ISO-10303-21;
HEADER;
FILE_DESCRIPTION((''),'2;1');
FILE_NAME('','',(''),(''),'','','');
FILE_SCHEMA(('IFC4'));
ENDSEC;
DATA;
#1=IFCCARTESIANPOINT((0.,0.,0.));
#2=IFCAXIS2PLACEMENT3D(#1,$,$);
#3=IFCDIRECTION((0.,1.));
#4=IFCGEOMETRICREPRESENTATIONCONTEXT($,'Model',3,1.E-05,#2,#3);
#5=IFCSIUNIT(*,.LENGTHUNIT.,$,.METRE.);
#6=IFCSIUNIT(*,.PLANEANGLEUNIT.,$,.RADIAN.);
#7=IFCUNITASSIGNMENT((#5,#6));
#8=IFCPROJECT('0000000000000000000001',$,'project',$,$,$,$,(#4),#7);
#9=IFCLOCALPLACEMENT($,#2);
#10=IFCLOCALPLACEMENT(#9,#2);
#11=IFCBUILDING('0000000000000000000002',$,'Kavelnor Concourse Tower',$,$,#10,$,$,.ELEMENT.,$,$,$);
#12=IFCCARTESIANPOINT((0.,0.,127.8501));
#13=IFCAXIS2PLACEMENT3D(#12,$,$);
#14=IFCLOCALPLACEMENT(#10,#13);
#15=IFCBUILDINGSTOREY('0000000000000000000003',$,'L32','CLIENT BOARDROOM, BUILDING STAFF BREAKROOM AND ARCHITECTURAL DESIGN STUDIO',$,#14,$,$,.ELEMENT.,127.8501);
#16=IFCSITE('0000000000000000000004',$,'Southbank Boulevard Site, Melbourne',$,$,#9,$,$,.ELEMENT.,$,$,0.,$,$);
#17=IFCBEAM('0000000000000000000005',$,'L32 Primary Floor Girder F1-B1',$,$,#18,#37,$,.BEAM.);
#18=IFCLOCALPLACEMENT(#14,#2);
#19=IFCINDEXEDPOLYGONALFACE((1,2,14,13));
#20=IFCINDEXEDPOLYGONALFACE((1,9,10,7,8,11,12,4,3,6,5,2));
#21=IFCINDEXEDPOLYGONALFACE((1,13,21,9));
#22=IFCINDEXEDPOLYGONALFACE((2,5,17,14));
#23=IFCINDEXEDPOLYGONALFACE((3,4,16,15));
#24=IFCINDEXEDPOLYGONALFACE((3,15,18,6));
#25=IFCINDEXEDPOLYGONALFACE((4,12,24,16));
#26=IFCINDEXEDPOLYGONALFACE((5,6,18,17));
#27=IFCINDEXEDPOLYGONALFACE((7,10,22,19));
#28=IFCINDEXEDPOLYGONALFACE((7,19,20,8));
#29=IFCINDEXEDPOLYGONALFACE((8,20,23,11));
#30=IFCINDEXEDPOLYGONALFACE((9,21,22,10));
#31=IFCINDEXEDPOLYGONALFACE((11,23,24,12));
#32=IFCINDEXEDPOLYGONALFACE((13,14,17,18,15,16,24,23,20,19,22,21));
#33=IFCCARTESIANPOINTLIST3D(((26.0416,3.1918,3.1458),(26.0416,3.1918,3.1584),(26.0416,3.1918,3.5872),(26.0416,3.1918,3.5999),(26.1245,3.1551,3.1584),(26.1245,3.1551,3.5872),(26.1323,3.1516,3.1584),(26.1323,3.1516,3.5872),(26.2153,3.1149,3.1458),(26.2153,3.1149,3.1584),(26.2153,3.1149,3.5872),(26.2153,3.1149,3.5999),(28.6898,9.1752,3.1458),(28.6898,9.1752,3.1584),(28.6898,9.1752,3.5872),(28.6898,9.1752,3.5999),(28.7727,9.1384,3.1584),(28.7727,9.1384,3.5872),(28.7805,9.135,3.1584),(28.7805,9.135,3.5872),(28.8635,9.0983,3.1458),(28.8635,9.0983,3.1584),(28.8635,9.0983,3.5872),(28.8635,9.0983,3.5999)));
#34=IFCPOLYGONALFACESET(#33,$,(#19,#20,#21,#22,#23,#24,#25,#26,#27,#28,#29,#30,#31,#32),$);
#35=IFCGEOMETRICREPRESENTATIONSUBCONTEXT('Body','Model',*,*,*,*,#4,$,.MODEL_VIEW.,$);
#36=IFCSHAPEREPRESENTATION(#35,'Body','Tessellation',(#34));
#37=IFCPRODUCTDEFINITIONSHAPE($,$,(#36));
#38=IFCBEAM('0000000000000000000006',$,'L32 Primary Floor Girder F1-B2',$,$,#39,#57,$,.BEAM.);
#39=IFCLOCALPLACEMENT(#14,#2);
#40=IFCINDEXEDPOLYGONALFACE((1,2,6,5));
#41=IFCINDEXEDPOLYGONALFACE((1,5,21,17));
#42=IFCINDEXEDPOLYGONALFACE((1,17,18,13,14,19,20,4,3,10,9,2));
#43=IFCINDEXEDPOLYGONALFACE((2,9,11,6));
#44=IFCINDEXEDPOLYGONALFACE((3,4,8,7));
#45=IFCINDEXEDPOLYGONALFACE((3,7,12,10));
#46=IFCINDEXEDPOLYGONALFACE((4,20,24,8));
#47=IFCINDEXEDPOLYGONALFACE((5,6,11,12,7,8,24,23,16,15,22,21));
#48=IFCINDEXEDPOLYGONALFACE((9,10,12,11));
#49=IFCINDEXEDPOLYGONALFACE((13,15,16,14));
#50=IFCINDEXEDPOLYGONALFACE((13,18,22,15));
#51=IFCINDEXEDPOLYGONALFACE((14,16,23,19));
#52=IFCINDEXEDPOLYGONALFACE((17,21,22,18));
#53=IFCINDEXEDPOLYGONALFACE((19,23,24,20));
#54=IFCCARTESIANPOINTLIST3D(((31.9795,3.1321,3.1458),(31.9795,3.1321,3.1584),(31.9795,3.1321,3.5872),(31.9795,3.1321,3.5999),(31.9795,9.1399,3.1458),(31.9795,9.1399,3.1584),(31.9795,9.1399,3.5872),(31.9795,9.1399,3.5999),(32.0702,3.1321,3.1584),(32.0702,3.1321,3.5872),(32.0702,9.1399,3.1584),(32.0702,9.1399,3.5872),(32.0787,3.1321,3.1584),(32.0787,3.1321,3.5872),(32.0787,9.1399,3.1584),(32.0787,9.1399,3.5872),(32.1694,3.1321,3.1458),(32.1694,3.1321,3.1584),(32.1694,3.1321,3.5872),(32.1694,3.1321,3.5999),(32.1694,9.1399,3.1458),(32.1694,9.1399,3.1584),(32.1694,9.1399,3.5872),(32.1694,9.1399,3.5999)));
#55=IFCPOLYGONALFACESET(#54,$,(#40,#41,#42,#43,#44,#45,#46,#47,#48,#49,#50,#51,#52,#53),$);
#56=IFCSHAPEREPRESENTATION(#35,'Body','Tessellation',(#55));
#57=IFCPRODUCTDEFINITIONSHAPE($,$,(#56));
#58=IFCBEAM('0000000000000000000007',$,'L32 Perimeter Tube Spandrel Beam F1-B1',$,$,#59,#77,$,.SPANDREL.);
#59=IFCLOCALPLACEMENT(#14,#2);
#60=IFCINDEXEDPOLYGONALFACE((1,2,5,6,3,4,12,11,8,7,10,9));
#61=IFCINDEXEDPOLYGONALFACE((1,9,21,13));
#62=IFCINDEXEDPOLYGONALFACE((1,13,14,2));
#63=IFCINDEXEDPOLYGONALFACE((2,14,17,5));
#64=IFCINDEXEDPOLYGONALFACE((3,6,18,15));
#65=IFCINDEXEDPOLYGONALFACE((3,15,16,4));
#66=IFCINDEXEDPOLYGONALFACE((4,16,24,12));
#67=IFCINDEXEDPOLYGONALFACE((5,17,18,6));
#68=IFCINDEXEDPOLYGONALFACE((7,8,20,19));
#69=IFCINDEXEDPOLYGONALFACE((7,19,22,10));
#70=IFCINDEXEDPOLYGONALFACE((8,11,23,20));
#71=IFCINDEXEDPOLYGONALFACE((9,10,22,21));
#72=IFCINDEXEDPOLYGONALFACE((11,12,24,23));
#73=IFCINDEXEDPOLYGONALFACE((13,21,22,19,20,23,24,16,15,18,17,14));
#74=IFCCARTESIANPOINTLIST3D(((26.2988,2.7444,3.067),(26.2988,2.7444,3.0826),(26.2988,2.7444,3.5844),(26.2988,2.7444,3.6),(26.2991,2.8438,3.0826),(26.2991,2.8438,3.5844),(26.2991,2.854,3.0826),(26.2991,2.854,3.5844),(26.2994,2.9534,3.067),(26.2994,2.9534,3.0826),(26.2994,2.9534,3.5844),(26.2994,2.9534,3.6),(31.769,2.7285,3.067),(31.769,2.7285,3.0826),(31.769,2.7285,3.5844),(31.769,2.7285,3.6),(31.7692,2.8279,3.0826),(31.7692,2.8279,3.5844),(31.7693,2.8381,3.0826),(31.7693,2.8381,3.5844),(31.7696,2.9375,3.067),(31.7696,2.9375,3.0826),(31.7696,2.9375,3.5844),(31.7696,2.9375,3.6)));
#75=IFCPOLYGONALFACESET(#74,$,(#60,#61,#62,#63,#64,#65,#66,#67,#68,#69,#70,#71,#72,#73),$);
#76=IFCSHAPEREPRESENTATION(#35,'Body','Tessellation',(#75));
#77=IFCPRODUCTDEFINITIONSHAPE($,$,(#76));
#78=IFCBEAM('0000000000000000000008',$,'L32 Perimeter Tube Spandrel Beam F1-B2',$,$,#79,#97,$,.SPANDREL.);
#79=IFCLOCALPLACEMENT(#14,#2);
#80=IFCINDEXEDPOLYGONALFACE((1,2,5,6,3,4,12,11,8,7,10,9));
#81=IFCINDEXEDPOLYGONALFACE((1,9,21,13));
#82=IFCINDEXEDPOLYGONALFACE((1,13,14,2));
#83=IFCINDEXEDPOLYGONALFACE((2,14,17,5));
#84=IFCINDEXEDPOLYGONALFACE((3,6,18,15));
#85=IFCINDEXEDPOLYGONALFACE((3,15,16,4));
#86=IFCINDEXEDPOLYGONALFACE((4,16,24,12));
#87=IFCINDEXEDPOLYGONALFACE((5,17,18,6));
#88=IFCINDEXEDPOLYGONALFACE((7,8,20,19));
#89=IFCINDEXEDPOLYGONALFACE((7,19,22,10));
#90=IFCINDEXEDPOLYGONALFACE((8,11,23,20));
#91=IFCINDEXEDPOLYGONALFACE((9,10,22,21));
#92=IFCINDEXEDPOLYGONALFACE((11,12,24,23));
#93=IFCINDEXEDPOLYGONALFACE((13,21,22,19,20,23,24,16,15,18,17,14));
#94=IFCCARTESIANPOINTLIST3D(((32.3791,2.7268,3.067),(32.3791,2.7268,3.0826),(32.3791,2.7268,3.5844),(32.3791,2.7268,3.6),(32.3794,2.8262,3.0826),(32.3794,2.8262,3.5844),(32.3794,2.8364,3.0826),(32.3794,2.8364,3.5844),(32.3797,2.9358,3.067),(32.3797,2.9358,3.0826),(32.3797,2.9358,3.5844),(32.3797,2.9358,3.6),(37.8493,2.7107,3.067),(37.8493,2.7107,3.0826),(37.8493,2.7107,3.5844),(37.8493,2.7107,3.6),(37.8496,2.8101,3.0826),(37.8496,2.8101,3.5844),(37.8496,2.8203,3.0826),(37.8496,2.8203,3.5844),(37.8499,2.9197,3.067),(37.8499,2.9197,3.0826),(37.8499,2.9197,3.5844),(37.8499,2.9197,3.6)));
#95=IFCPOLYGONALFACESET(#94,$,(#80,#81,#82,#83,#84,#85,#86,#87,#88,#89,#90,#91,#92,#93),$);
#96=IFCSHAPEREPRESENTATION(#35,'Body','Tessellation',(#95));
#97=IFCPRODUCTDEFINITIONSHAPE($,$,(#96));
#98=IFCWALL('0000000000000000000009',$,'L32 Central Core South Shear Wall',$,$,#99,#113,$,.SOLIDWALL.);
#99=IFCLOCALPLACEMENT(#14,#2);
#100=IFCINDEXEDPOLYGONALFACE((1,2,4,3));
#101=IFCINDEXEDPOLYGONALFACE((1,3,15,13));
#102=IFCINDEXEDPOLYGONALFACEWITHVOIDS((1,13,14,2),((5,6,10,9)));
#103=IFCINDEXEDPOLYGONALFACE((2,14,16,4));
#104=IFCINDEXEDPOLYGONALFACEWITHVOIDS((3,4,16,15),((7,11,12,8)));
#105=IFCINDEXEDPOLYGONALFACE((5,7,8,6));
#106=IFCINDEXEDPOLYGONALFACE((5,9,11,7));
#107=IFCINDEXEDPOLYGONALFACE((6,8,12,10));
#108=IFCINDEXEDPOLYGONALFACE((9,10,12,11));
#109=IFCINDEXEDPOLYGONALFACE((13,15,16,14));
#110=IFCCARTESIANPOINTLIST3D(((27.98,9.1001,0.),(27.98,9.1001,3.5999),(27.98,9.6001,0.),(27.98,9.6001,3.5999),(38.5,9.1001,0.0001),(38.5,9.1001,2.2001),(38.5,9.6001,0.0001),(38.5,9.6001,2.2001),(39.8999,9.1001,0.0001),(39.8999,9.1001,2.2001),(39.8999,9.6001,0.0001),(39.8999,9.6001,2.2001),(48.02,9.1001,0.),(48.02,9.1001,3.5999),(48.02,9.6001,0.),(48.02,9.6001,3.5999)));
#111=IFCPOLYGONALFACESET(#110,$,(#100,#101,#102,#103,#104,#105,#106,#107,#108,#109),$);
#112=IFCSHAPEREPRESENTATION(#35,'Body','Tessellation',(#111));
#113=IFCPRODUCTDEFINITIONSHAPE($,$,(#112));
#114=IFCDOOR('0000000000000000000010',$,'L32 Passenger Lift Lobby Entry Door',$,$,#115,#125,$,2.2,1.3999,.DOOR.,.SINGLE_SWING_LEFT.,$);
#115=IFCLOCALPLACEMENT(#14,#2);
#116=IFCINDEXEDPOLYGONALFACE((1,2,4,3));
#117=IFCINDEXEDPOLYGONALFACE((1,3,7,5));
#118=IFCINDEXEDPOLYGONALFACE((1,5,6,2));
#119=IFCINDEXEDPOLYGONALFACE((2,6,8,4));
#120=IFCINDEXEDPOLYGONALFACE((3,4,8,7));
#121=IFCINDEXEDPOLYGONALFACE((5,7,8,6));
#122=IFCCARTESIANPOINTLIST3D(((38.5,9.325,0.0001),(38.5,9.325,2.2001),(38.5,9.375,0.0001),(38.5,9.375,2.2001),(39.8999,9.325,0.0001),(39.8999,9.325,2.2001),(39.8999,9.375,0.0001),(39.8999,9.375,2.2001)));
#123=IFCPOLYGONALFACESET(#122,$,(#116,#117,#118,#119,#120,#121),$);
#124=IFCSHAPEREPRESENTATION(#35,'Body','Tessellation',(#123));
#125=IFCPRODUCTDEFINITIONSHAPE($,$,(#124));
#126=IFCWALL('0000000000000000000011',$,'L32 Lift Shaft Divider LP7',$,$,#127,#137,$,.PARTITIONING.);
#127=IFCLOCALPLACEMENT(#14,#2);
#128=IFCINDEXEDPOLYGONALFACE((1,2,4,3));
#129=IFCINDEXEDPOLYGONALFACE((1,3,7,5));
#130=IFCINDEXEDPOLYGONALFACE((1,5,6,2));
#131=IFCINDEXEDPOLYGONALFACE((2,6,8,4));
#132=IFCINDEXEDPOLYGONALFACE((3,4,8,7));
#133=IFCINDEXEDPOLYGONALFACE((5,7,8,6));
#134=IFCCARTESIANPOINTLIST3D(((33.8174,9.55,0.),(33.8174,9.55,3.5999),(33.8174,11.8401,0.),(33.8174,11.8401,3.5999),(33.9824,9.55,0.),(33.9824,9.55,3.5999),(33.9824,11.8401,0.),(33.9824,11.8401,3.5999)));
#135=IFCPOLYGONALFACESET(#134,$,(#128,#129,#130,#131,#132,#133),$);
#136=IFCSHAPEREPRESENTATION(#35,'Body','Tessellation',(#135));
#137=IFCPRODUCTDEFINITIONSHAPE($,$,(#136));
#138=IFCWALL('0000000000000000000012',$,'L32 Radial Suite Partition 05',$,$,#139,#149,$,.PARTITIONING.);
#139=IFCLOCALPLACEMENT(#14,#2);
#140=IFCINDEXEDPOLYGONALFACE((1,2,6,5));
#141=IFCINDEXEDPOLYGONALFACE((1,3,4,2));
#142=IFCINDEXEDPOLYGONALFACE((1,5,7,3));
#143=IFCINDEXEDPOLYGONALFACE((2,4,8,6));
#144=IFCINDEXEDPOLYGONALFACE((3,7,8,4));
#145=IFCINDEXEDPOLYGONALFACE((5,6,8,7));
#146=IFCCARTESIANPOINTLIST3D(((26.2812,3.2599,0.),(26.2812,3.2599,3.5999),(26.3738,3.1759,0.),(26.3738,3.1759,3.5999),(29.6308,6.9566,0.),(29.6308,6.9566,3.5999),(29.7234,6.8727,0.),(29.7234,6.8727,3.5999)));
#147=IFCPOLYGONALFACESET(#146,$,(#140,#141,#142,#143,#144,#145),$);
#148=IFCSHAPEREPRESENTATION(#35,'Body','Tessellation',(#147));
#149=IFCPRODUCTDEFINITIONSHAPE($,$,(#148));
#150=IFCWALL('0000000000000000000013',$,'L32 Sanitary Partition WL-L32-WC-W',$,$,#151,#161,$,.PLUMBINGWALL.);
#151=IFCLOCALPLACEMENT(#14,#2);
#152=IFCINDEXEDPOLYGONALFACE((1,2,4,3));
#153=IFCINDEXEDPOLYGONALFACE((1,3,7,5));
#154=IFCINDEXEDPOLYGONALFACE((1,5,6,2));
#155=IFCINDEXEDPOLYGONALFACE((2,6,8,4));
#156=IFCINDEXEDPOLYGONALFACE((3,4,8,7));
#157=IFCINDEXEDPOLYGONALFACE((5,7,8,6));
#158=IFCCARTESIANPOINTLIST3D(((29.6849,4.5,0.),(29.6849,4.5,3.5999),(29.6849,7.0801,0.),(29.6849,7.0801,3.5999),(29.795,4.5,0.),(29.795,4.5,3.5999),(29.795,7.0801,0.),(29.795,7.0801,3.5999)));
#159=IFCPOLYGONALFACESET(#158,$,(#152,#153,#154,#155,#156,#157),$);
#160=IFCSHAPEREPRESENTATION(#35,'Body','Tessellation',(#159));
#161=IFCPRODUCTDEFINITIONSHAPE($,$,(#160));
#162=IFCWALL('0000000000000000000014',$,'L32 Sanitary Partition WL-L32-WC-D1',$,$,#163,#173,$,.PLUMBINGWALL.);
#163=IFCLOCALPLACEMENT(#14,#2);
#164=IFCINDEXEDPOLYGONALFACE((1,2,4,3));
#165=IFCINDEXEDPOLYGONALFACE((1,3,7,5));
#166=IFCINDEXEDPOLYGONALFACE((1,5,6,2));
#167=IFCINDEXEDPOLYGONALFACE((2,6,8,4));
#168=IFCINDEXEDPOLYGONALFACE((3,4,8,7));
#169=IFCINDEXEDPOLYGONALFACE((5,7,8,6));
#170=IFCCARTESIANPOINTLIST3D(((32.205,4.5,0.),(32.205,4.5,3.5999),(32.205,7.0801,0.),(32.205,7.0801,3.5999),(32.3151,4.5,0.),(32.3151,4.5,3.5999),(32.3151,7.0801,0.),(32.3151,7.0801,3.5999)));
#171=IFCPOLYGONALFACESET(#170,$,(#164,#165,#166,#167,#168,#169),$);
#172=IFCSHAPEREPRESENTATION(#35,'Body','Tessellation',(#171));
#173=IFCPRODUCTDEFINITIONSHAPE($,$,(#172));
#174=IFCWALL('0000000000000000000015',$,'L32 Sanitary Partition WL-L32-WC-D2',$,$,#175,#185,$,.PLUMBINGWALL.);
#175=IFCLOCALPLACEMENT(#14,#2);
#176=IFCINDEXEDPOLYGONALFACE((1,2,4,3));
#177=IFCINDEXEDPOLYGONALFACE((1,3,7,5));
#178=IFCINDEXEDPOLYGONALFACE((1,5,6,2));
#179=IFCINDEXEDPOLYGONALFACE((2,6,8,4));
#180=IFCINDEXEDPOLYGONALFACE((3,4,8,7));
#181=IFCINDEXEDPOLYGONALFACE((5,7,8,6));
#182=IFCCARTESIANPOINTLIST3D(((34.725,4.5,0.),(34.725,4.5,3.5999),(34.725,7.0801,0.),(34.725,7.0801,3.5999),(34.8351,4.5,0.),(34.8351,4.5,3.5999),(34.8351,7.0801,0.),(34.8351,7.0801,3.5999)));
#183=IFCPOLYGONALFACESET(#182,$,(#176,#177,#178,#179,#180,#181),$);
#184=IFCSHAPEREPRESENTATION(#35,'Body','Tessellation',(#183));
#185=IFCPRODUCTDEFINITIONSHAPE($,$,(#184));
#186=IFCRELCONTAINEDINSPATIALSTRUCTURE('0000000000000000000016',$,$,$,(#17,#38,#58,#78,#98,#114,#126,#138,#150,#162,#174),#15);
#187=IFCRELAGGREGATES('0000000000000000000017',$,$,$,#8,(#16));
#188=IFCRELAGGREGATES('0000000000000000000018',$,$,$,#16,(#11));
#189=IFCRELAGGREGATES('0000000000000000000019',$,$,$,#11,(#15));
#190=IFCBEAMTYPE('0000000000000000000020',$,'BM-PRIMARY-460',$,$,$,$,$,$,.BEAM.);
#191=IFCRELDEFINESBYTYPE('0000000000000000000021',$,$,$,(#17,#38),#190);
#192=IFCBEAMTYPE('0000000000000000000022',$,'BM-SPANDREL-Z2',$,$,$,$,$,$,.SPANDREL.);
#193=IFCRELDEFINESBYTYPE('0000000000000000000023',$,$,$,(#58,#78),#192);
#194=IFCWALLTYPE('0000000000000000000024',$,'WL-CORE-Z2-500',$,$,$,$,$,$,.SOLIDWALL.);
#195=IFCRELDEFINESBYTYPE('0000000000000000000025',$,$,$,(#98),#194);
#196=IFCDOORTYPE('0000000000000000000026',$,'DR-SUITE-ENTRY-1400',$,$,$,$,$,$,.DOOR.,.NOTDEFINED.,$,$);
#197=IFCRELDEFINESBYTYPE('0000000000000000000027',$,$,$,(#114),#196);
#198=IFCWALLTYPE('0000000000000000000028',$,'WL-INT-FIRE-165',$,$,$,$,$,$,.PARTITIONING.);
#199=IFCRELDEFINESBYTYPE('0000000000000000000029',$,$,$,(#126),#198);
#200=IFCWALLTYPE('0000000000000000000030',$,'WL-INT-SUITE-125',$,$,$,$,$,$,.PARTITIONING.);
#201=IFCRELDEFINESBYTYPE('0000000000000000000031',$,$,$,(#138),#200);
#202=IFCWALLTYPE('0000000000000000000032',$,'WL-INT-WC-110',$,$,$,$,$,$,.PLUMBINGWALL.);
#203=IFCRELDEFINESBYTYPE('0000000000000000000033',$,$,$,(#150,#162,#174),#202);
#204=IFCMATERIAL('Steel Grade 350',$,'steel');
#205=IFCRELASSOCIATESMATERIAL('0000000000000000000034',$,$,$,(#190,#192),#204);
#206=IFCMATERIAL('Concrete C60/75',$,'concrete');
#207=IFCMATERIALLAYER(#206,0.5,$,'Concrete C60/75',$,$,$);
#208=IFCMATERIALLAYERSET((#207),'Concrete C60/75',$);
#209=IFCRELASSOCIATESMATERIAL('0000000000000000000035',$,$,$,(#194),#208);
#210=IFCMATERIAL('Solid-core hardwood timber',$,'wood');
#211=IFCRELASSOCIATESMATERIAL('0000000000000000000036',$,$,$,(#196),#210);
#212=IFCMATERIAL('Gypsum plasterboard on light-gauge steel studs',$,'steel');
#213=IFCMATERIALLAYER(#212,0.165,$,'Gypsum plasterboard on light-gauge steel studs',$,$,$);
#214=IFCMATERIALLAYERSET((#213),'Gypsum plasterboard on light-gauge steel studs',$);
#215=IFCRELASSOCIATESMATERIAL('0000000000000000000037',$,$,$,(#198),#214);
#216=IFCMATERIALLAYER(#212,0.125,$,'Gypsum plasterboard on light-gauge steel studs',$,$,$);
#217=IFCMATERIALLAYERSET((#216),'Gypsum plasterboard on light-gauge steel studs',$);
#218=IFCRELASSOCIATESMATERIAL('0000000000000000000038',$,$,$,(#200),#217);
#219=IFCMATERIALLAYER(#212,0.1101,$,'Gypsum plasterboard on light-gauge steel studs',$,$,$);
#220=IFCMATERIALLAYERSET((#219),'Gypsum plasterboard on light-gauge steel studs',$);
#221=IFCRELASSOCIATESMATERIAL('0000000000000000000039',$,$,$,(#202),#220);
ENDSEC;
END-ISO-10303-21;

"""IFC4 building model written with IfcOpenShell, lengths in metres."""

from ifc_helpers import new_model, si_unit, direction, frame, frame_2d, origin, origin_2d, place, context, subcontext, project, spatial, rectangle, i_section, extrude, material, layer, layer_set, material_profile, profile_set, type_object, element, fill, save


model = new_model("IFC4")

# Units and contexts
model_context = context("Model", 3, precision=1e-05, world=origin(), true_north=direction((0.0, 1.0)))
body_context = subcontext(model_context, "Body", "Model", "MODEL_VIEW")
ifc_project = project(units=[si_unit("LENGTHUNIT", "METRE"), si_unit("PLANEANGLEUNIT", "RADIAN")], contexts=[model_context])

# Site, building, storey
site_placement = place(None, origin())
site = spatial("IfcSite", under=ifc_project, at=site_placement, Name="Southbank Boulevard Site, Melbourne", CompositionType="ELEMENT", RefElevation=0.0)
building_placement = place(site_placement, origin())
building = spatial("IfcBuilding", under=site, at=building_placement, Name="Kavelnor Concourse Tower", CompositionType="ELEMENT")
storey_placement = place(building_placement, frame((0.0, 0.0, 127.8501)))
storey = spatial("IfcBuildingStorey", under=building, at=storey_placement, Name="L32", Description="CLIENT BOARDROOM, BUILDING STAFF BREAKROOM AND ARCHITECTURAL DESIGN STUDIO", CompositionType="ELEMENT", Elevation=127.8501)

# Shared definitions
ifc_material_1 = material(Name="Steel Grade 350", Category="steel")

# Beams
ifc_material_profile_1 = material_profile(ifc_material_1, i_section(OverallWidth=0.1899, OverallDepth=0.4541, WebThickness=0.0085, FlangeThickness=0.0127, at=origin_2d()), Name="460UB67")
ifc_profile_set_1 = profile_set([ifc_material_profile_1], Name="Steel Grade 350")
beam_type_1 = type_object("IfcBeamType", Name="BM-PRIMARY-460", PredefinedType="BEAM", material=ifc_profile_set_1)
beam_1_placement = place(storey_placement, frame((28.7766, 9.1367, 3.3728), z_axis=(-0.404722, -0.91444, 0.0), x_axis=(0.91444, -0.404722, 0.0)))
element("IfcBeam", 1, at=beam_1_placement, inside=storey, type_object=beam_type_1, Name="L32 Primary Floor Girder F1-B1", PredefinedType="BEAM", context=body_context, shape_type="SweptSolid", body=[
    extrude(i_section(OverallWidth=0.1899, OverallDepth=0.4541, WebThickness=0.0085, FlangeThickness=0.0127, at=origin_2d()), origin(), (0.0, 0.0, 1.0), 6.5432),
])
beam_2_placement = place(storey_placement, frame((32.0745, 9.1399, 3.3728), z_axis=(0.0, -1.0, 0.0), x_axis=(1.0, 0.0, 0.0)))
element("IfcBeam", 2, at=beam_2_placement, inside=storey, type_object=beam_type_1, Name="L32 Primary Floor Girder F1-B2", PredefinedType="BEAM", context=body_context, shape_type="SweptSolid", body=[
    extrude(i_section(OverallWidth=0.1899, OverallDepth=0.4541, WebThickness=0.0085, FlangeThickness=0.0127, at=origin_2d()), origin(), (0.0, 0.0, 1.0), 6.0078),
])
ifc_material_profile_2 = material_profile(ifc_material_1, i_section(OverallWidth=0.209, OverallDepth=0.533, WebThickness=0.0103, FlangeThickness=0.0156, at=origin_2d()), Name="530UB92")
ifc_profile_set_2 = profile_set([ifc_material_profile_2], Name="Steel Grade 350")
beam_type_2 = type_object("IfcBeamType", Name="BM-SPANDREL-Z2", PredefinedType="SPANDREL", material=ifc_profile_set_2)
for number, where, z_axis, x_axis, name in (
    (3, (26.2991, 2.8489, 3.3335), (0.999996, -0.002901, 0.0), (0.002901, 0.999996, 0.0), "L32 Perimeter Tube Spandrel Beam F1-B1"),
    (4, (32.3794, 2.8313, 3.3335), (0.999996, -0.002946, 0.0), (0.002946, 0.999996, 0.0), "L32 Perimeter Tube Spandrel Beam F1-B2"),
):
    element("IfcBeam", number, at=place(storey_placement, frame(where, z_axis=z_axis, x_axis=x_axis)), inside=storey, type_object=beam_type_2, Name=name, PredefinedType="SPANDREL", context=body_context, shape_type="SweptSolid", body=[
        extrude(i_section(OverallWidth=0.209, OverallDepth=0.533, WebThickness=0.0103, FlangeThickness=0.0156, at=origin_2d()), origin(), (0.0, 0.0, 1.0), 5.4702),
    ])

# Wall, opening, door
ifc_material_2 = material(Name="Concrete C60/75", Category="concrete")
ifc_layer_1 = layer(ifc_material_2, 0.5, Name="Concrete C60/75")
ifc_layer_set_1 = layer_set([ifc_layer_1], Name="Concrete C60/75")
wall_type_1 = type_object("IfcWallType", Name="WL-CORE-Z2-500", PredefinedType="SOLIDWALL", material=ifc_layer_set_1)
wall_1_placement = place(storey_placement, frame((27.98, 9.3501, 0.0), z_axis=(0.0, 0.0, 1.0), x_axis=(1.0, 0.0, 0.0)))
wall_1 = element("IfcWall", 5, at=wall_1_placement, inside=storey, type_object=wall_type_1, Name="L32 Central Core South Shear Wall", PredefinedType="SOLIDWALL", context=body_context, shape_type="SweptSolid", body=[
    extrude(rectangle(XDim=20.04, YDim=0.5, at=frame_2d((10.02, 0.0))), origin(), (0.0, 0.0, 1.0), 3.5999),
])
opening_1_placement = place(wall_1_placement, frame((10.52, 0.0, 0.0)))
opening_1 = element("IfcOpeningElement", 6, at=opening_1_placement, cuts=wall_1, PredefinedType="OPENING", context=body_context, shape_type="SweptSolid", body=[
    extrude(rectangle(XDim=1.3999, YDim=2.2, at=frame_2d((0.7, 1.1001))), frame((0.0, 0.26, 0.0), z_axis=(0.0, -1.0, 0.0), x_axis=(1.0, 0.0, 0.0)), (0.0, 0.0, 1.0), 0.52),
])
ifc_material_3 = material(Name="Solid-core hardwood timber", Category="wood")
door_type_1 = type_object("IfcDoorType", Name="DR-SUITE-ENTRY-1400", OperationType="NOTDEFINED", PredefinedType="DOOR", material=ifc_material_3)
door_1_placement = place(opening_1_placement, origin())
door_1 = element("IfcDoor", 7, at=door_1_placement, inside=storey, type_object=door_type_1, Name="L32 Passenger Lift Lobby Entry Door", OperationType="SINGLE_SWING_LEFT", OverallHeight=2.2, OverallWidth=1.3999, PredefinedType="DOOR", context=body_context, shape_type="SweptSolid", body=[
    extrude(rectangle(XDim=1.3999, YDim=2.2, at=frame_2d((0.7, 1.1001))), frame((0.0, 0.0249, 0.0), z_axis=(0.0, -1.0, 0.0), x_axis=(1.0, 0.0, 0.0)), (0.0, 0.0, 1.0), 0.05),
])
fill(opening_1, door_1)

# Walls
ifc_material_4 = material(Name="Gypsum plasterboard on light-gauge steel studs", Category="steel")
ifc_layer_2 = layer(ifc_material_4, 0.165, Name="Gypsum plasterboard on light-gauge steel studs")
ifc_layer_set_2 = layer_set([ifc_layer_2], Name="Gypsum plasterboard on light-gauge steel studs")
wall_type_2 = type_object("IfcWallType", Name="WL-INT-FIRE-165", PredefinedType="PARTITIONING", material=ifc_layer_set_2)
wall_2_placement = place(storey_placement, frame((33.8999, 9.55, 0.0), z_axis=(0.0, 0.0, 1.0), x_axis=(0.0, 1.0, 0.0)))
element("IfcWall", 8, at=wall_2_placement, inside=storey, type_object=wall_type_2, Name="L32 Lift Shaft Divider LP7", PredefinedType="PARTITIONING", context=body_context, shape_type="SweptSolid", body=[
    extrude(rectangle(XDim=2.29, YDim=0.165, at=frame_2d((1.145, 0.0))), origin(), (0.0, 0.0, 1.0), 3.5999),
])
ifc_layer_3 = layer(ifc_material_4, 0.125, Name="Gypsum plasterboard on light-gauge steel studs")
ifc_layer_set_3 = layer_set([ifc_layer_3], Name="Gypsum plasterboard on light-gauge steel studs")
wall_type_3 = type_object("IfcWallType", Name="WL-INT-SUITE-125", PredefinedType="PARTITIONING", material=ifc_layer_set_3)
wall_3_placement = place(storey_placement, frame((29.677, 6.9146, 0.0), z_axis=(0.0, 0.0, 1.0), x_axis=(-0.671454, -0.741046, 0.0)))
element("IfcWall", 9, at=wall_3_placement, inside=storey, type_object=wall_type_3, Name="L32 Radial Suite Partition 05", PredefinedType="PARTITIONING", context=body_context, shape_type="SweptSolid", body=[
    extrude(rectangle(XDim=4.9885, YDim=0.125, at=frame_2d((2.4941, 0.0))), origin(), (0.0, 0.0, 1.0), 3.5999),
])
ifc_layer_4 = layer(ifc_material_4, 0.1101, Name="Gypsum plasterboard on light-gauge steel studs")
ifc_layer_set_4 = layer_set([ifc_layer_4], Name="Gypsum plasterboard on light-gauge steel studs")
wall_type_4 = type_object("IfcWallType", Name="WL-INT-WC-110", PredefinedType="PLUMBINGWALL", material=ifc_layer_set_4)
for number, where, z_axis, x_axis, name in (
    (10, (29.74, 4.5, 0.0), (0.0, 0.0, 1.0), (0.0, 1.0, 0.0), "L32 Sanitary Partition WL-L32-WC-W"),
    (11, (32.26, 4.5, 0.0), (0.0, 0.0, 1.0), (0.0, 1.0, 0.0), "L32 Sanitary Partition WL-L32-WC-D1"),
    (12, (34.78, 4.5, 0.0), (0.0, 0.0, 1.0), (0.0, 1.0, 0.0), "L32 Sanitary Partition WL-L32-WC-D2"),
):
    element("IfcWall", number, at=place(storey_placement, frame(where, z_axis=z_axis, x_axis=x_axis)), inside=storey, type_object=wall_type_4, Name=name, PredefinedType="PLUMBINGWALL", context=body_context, shape_type="SweptSolid", body=[
        extrude(rectangle(XDim=2.5801, YDim=0.1101, at=frame_2d((1.29, 0.0))), origin(), (0.0, 0.0, 1.0), 3.5999),
    ])

save(model, "model.ifc")
